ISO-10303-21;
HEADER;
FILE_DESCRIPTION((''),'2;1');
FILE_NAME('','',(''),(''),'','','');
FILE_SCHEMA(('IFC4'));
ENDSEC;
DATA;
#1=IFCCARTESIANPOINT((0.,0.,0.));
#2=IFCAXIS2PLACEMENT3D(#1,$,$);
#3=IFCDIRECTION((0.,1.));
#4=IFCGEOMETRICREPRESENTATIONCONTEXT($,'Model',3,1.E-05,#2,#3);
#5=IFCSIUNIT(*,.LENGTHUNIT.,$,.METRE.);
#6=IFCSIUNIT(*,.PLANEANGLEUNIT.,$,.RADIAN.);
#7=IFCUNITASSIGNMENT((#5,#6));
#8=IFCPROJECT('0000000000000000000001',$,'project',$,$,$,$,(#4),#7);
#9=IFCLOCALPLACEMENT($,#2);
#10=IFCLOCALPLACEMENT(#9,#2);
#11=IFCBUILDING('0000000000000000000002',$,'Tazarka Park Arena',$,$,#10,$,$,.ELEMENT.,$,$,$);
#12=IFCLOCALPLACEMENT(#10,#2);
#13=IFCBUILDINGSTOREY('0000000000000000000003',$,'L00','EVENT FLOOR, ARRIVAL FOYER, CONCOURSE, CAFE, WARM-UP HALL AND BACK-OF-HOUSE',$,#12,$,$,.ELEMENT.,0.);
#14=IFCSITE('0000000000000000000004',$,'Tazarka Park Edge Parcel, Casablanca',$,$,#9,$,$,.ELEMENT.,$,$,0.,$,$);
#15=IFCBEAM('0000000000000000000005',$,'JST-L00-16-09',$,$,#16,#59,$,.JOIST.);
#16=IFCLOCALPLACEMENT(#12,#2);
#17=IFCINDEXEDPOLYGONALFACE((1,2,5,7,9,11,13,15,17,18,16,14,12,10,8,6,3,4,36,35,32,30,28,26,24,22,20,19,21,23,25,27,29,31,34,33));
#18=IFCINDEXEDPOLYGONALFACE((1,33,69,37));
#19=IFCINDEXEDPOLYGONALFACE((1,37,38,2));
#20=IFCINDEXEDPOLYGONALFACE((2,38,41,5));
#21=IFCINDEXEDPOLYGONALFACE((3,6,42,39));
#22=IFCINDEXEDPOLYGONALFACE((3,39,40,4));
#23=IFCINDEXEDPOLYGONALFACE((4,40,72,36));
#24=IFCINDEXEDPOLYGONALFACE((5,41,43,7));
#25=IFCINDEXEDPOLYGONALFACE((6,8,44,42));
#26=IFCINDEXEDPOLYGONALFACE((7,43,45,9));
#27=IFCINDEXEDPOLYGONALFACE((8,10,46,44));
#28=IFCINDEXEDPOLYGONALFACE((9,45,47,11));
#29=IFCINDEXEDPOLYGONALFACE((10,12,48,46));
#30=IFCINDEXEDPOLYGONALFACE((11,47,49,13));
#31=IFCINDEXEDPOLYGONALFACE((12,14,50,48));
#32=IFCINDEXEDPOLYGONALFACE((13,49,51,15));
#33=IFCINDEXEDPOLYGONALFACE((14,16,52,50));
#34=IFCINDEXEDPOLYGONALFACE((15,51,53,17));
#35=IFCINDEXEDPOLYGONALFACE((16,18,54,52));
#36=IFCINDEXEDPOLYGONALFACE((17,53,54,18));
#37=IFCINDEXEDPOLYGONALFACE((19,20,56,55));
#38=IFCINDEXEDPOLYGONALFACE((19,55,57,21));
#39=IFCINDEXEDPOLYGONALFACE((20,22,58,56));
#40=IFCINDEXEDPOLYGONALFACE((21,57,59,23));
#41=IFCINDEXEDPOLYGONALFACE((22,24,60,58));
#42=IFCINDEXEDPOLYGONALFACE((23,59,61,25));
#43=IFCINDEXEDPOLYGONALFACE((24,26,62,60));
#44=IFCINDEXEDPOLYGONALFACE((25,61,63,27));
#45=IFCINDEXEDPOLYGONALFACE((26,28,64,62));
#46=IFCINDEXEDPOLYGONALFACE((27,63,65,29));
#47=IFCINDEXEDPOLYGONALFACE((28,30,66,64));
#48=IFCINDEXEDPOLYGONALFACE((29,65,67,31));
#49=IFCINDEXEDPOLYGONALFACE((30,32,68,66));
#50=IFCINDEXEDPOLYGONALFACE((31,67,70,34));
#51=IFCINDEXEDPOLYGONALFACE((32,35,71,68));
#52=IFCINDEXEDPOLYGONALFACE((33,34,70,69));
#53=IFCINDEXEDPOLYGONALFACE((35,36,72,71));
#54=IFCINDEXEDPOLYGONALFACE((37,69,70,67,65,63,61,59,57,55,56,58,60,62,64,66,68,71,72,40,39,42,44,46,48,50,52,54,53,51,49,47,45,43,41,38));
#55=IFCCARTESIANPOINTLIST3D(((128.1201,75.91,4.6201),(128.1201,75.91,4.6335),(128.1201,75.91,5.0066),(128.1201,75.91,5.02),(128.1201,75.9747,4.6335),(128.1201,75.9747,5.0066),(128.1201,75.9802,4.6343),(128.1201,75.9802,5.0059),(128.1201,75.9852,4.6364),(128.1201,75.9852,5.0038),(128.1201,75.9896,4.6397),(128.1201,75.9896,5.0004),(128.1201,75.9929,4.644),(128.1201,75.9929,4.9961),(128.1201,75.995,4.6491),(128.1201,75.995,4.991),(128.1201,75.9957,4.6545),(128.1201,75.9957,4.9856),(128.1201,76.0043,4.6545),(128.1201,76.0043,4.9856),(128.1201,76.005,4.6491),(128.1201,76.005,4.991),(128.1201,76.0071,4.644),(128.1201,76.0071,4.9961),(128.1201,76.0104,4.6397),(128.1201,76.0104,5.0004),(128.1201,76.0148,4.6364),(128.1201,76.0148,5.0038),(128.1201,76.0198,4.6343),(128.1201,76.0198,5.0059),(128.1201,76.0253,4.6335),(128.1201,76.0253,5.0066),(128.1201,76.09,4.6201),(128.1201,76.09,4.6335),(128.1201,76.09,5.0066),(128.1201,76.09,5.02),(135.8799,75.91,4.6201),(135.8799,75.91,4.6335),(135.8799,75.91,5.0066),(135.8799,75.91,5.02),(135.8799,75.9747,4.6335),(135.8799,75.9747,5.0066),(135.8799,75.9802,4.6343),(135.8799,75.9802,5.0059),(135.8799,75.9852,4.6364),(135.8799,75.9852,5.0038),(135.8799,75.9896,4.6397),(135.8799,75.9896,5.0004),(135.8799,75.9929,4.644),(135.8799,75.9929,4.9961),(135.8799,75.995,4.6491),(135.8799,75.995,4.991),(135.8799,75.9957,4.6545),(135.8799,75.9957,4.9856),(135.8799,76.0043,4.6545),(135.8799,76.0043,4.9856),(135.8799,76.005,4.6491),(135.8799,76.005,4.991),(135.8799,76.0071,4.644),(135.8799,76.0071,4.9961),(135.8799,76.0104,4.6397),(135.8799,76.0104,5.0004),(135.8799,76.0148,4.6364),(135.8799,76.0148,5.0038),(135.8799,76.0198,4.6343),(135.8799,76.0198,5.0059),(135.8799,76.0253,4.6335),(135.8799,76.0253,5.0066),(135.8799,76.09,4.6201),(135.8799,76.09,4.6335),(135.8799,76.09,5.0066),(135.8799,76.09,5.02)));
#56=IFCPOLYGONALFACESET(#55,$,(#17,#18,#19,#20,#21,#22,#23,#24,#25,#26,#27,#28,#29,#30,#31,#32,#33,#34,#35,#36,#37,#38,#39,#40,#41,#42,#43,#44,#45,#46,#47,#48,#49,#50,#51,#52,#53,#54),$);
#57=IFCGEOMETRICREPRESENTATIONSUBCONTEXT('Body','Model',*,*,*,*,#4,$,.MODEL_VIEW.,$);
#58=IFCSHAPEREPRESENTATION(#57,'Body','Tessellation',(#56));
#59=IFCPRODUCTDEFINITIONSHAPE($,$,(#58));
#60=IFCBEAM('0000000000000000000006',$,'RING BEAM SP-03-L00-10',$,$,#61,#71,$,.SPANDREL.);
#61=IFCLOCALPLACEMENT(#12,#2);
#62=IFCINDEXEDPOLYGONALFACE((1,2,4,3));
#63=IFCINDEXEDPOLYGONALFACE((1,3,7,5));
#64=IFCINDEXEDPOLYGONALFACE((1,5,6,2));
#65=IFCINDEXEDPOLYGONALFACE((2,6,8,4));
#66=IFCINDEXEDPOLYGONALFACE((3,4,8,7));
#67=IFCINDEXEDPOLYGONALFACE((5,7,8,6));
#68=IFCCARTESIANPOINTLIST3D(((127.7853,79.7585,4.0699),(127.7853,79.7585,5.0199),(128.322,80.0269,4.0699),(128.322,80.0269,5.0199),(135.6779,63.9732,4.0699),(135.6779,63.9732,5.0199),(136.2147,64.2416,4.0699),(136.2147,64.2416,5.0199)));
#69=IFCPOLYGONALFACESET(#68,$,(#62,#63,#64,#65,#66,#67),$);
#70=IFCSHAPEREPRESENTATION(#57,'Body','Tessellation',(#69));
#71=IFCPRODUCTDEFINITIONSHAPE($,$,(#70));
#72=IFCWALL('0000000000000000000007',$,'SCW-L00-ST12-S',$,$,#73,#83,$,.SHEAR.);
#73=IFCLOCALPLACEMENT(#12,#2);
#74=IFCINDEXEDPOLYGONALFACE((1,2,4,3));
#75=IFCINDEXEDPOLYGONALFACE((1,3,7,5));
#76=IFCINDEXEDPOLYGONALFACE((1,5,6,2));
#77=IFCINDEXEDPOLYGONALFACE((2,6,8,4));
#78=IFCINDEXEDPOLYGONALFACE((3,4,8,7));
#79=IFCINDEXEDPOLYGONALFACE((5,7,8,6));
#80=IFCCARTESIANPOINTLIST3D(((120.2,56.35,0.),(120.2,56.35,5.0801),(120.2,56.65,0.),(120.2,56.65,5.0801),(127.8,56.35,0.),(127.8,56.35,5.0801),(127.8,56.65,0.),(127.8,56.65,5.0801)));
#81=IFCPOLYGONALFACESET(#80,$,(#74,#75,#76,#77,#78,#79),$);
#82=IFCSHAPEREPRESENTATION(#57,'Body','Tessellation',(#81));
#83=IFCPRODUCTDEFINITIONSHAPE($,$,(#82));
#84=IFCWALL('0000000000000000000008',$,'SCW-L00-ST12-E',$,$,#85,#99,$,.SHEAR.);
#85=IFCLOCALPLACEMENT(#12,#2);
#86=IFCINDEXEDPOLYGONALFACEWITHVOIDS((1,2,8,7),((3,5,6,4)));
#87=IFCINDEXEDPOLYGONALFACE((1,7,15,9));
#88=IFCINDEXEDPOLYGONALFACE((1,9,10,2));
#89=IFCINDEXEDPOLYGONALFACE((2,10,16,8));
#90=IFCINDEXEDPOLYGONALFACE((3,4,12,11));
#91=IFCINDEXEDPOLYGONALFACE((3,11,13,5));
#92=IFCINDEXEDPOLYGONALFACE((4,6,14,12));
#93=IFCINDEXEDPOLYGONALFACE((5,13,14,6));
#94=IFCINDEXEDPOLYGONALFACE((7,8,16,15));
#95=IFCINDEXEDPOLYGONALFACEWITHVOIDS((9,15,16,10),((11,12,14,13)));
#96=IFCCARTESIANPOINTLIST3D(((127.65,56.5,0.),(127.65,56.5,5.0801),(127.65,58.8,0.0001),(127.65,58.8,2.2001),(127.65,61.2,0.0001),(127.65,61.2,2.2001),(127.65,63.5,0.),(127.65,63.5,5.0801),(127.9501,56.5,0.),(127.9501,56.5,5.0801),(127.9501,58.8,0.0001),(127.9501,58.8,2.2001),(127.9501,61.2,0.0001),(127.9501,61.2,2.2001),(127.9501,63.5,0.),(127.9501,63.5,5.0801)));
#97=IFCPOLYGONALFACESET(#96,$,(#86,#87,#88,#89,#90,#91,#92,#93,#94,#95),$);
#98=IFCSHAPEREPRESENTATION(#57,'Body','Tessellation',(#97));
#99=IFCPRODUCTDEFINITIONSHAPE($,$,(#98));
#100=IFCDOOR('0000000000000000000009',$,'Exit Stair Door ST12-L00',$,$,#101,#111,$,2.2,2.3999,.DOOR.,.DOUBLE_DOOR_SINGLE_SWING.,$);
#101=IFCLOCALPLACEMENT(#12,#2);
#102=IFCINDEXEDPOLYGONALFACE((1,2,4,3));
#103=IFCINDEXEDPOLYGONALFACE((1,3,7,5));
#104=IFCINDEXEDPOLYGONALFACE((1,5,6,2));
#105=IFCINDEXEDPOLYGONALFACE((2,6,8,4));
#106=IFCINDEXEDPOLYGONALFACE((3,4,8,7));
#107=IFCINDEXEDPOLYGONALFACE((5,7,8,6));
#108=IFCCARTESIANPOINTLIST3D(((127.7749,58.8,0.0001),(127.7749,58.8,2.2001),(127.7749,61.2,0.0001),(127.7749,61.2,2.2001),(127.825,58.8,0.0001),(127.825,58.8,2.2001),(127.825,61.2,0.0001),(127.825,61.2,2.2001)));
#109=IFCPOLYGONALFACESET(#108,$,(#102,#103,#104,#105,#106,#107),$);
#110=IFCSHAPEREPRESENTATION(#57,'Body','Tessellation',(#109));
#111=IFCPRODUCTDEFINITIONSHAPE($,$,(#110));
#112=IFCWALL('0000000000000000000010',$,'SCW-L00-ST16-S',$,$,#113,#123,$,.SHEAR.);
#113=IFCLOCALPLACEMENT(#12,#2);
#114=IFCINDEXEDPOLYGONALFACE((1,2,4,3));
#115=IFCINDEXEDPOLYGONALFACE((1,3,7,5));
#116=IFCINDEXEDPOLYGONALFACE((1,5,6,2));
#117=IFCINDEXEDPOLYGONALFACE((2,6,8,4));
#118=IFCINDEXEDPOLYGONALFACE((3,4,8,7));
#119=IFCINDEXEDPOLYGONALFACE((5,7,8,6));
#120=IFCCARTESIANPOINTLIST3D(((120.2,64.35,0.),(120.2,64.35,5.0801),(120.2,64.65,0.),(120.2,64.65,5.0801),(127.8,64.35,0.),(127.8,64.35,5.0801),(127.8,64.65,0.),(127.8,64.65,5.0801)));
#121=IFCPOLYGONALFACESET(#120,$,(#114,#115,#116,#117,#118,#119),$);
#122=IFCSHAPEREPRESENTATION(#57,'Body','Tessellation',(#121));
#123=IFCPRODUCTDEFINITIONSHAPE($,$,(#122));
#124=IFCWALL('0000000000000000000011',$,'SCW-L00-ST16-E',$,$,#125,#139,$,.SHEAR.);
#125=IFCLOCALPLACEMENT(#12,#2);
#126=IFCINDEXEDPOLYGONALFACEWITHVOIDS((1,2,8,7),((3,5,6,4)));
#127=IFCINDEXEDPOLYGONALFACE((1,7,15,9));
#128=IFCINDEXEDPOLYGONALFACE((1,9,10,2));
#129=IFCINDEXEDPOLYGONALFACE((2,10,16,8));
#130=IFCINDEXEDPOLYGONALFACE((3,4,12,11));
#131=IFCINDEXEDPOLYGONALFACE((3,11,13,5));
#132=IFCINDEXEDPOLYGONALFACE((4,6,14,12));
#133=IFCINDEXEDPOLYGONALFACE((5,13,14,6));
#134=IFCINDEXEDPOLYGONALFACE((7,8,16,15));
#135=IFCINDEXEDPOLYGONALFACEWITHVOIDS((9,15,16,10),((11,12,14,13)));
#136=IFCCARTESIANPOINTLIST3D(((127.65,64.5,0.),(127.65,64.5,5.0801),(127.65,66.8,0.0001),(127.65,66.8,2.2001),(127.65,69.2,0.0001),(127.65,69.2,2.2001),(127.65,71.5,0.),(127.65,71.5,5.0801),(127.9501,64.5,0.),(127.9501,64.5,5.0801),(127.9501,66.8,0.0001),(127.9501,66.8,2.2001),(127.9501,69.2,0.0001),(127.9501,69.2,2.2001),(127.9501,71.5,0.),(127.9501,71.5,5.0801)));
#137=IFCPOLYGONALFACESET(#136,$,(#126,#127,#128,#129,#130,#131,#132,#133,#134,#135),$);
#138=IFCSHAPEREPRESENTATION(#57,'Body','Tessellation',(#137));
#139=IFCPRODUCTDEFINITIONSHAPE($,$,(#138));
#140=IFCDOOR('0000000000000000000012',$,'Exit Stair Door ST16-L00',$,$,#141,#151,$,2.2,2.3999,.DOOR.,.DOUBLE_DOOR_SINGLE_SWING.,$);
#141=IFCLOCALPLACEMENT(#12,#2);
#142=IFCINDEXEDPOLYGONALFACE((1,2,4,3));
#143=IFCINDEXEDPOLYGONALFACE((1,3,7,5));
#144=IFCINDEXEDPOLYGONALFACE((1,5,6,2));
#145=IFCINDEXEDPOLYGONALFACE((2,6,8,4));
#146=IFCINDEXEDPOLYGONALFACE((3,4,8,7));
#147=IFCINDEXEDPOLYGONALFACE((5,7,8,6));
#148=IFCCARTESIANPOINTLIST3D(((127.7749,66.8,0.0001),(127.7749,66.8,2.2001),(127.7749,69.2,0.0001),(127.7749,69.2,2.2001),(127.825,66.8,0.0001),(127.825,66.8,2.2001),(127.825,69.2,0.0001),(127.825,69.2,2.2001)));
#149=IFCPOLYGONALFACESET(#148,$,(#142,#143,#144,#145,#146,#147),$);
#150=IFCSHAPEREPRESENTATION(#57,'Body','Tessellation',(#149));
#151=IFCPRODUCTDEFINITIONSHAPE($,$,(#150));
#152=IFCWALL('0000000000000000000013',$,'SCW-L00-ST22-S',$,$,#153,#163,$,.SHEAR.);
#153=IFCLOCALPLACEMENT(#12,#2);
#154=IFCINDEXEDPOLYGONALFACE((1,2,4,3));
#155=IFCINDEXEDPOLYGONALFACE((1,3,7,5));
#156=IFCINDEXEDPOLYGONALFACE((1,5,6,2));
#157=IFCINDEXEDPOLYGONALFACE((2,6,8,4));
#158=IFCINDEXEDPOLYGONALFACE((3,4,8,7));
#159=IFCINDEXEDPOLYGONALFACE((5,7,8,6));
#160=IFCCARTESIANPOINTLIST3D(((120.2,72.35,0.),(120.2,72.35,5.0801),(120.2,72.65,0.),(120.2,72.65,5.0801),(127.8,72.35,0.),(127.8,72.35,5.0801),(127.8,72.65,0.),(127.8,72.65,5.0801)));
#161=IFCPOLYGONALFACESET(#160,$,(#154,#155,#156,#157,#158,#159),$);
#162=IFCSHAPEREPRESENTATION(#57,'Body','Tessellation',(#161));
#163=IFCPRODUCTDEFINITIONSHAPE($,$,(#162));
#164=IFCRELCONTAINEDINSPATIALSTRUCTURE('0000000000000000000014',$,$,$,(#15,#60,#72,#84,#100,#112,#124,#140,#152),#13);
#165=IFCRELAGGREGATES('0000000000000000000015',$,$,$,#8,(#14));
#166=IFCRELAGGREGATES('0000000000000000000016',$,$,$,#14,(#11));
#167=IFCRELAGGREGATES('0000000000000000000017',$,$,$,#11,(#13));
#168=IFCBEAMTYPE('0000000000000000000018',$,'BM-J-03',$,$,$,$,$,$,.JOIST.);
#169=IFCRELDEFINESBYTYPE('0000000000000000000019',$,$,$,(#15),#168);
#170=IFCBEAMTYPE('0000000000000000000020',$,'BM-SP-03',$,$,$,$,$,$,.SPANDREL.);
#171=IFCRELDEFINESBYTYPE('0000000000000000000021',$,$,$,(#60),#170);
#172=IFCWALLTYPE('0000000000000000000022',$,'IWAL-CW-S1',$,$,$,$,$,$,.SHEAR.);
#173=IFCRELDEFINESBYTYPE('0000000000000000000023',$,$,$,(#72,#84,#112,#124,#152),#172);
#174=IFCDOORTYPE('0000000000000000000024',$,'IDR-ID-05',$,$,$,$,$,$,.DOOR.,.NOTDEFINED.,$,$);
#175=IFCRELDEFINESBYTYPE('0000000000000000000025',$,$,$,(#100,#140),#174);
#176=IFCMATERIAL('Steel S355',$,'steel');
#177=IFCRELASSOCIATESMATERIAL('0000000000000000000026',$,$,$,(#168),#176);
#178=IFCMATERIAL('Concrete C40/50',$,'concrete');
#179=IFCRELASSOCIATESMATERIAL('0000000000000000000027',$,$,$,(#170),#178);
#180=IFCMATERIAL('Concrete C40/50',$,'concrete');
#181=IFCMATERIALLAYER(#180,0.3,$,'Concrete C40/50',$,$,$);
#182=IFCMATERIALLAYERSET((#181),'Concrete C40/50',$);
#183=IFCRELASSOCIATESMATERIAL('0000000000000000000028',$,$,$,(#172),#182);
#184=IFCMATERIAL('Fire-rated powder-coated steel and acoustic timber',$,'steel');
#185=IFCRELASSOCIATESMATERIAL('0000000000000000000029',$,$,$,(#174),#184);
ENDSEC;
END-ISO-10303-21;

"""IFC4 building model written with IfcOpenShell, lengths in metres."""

from ifc_helpers import new_model, si_unit, direction, frame, frame_2d, origin, origin_2d, place, context, subcontext, project, spatial, rectangle, i_section, extrude, material, layer, layer_set, material_profile, profile_set, type_object, element, fill, save


model = new_model("IFC4")

# Units and contexts
model_context = context("Model", 3, precision=1e-05, world=origin(), true_north=direction((0.0, 1.0)))
body_context = subcontext(model_context, "Body", "Model", "MODEL_VIEW")
ifc_project = project(units=[si_unit("LENGTHUNIT", "METRE"), si_unit("PLANEANGLEUNIT", "RADIAN")], contexts=[model_context])

# Site, building, storey
site_placement = place(None, origin())
site = spatial("IfcSite", under=ifc_project, at=site_placement, Name="Tazarka Park Edge Parcel, Casablanca", CompositionType="ELEMENT", RefElevation=0.0)
building_placement = place(site_placement, origin())
building = spatial("IfcBuilding", under=site, at=building_placement, Name="Tazarka Park Arena", CompositionType="ELEMENT")
storey_placement = place(building_placement, origin())
storey = spatial("IfcBuildingStorey", under=building, at=storey_placement, Name="L00", Description="EVENT FLOOR, ARRIVAL FOYER, CONCOURSE, CAFE, WARM-UP HALL AND BACK-OF-HOUSE", CompositionType="ELEMENT", Elevation=0.0)

# Beams
ifc_material_1 = material(Name="Steel S355", Category="steel")
ifc_material_profile_1 = material_profile(ifc_material_1, i_section(OverallWidth=0.1799, OverallDepth=0.3999, WebThickness=0.0085, FlangeThickness=0.0134, FilletRadius=0.021, at=origin_2d()), Name="Steel S355")
ifc_profile_set_1 = profile_set([ifc_material_profile_1], Name="Steel S355")
beam_type_1 = type_object("IfcBeamType", Name="BM-J-03", PredefinedType="JOIST", material=ifc_profile_set_1)
beam_1_placement = place(storey_placement, frame((128.1201, 76.0, 4.8201), z_axis=(1.0, 0.0, 0.0), x_axis=(0.0, 1.0, 0.0)))
element("IfcBeam", 1, at=beam_1_placement, inside=storey, type_object=beam_type_1, Name="JST-L00-16-09", PredefinedType="JOIST", context=body_context, shape_type="SweptSolid", body=[
    extrude(i_section(OverallWidth=0.1799, OverallDepth=0.3999, WebThickness=0.0085, FlangeThickness=0.0134, FilletRadius=0.021, at=origin_2d()), origin(), (0.0, 0.0, 1.0), 7.7598),
])
ifc_material_2 = material(Name="Concrete C40/50", Category="concrete")
ifc_material_profile_2 = material_profile(ifc_material_2, rectangle(XDim=0.6001, YDim=0.95, at=origin_2d()), Name="Concrete C40/50")
ifc_profile_set_2 = profile_set([ifc_material_profile_2], Name="Concrete C40/50")
beam_type_2 = type_object("IfcBeamType", Name="BM-SP-03", PredefinedType="SPANDREL", material=ifc_profile_set_2)
beam_2_placement = place(storey_placement, frame((135.9463, 64.1074, 4.5449), z_axis=(-0.447214, 0.894427, 0.0), x_axis=(-0.894427, -0.447214, 0.0)))
element("IfcBeam", 2, at=beam_2_placement, inside=storey, type_object=beam_type_2, Name="RING BEAM SP-03-L00-10", PredefinedType="SPANDREL", context=body_context, shape_type="SweptSolid", body=[
    extrude(rectangle(XDim=0.6001, YDim=0.95, at=origin_2d()), origin(), (0.0, 0.0, 1.0), 17.6484),
])

# Wall
ifc_material_3 = material(Name="Concrete C40/50", Category="concrete")
ifc_layer = layer(ifc_material_3, 0.3, Name="Concrete C40/50")
ifc_layer_set = layer_set([ifc_layer], Name="Concrete C40/50")
wall_type = type_object("IfcWallType", Name="IWAL-CW-S1", PredefinedType="SHEAR", material=ifc_layer_set)
wall_1_placement = place(storey_placement, frame((127.8, 56.5, 0.0), z_axis=(0.0, 0.0, 1.0), x_axis=(-1.0, 0.0, 0.0)))
element("IfcWall", 3, at=wall_1_placement, inside=storey, type_object=wall_type, Name="SCW-L00-ST12-S", PredefinedType="SHEAR", context=body_context, shape_type="SweptSolid", body=[
    extrude(rectangle(XDim=7.6001, YDim=0.3, at=frame_2d((3.8, 0.0))), origin(), (0.0, 0.0, 1.0), 5.0801),
])

# Wall, opening, door
wall_2_placement = place(storey_placement, frame((127.8, 63.5, 0.0), z_axis=(0.0, 0.0, 1.0), x_axis=(0.0, -1.0, 0.0)))
wall_2 = element("IfcWall", 4, at=wall_2_placement, inside=storey, type_object=wall_type, Name="SCW-L00-ST12-E", PredefinedType="SHEAR", context=body_context, shape_type="SweptSolid", body=[
    extrude(rectangle(XDim=7.0, YDim=0.3, at=frame_2d((3.5, 0.0))), origin(), (0.0, 0.0, 1.0), 5.0801),
])
opening_1_placement = place(wall_2_placement, frame((2.3, 0.0, 0.0)))
opening_1 = element("IfcOpeningElement", 5, at=opening_1_placement, cuts=wall_2, PredefinedType="OPENING", context=body_context, shape_type="SweptSolid", body=[
    extrude(rectangle(XDim=2.3999, YDim=2.2, at=frame_2d((1.2, 1.1001))), frame((0.0, 0.1602, 0.0), z_axis=(0.0, -1.0, 0.0), x_axis=(1.0, 0.0, 0.0)), (0.0, 0.0, 1.0), 0.3201),
])
ifc_material_4 = material(Name="Fire-rated powder-coated steel and acoustic timber", Category="steel")
door_type_1 = type_object("IfcDoorType", Name="IDR-ID-05", OperationType="NOTDEFINED", PredefinedType="DOOR", material=ifc_material_4)
door_1_placement = place(opening_1_placement, origin())
door_1 = element("IfcDoor", 6, at=door_1_placement, inside=storey, type_object=door_type_1, Name="Exit Stair Door ST12-L00", OperationType="DOUBLE_DOOR_SINGLE_SWING", OverallHeight=2.2, OverallWidth=2.3999, PredefinedType="DOOR", context=body_context, shape_type="SweptSolid", body=[
    extrude(rectangle(XDim=2.3999, YDim=2.2, at=frame_2d((1.2, 1.1001))), frame((0.0, 0.0249, 0.0), z_axis=(0.0, -1.0, 0.0), x_axis=(1.0, 0.0, 0.0)), (0.0, 0.0, 1.0), 0.05),
])
fill(opening_1, door_1)

# Wall
wall_3_placement = place(storey_placement, frame((127.8, 64.5, 0.0), z_axis=(0.0, 0.0, 1.0), x_axis=(-1.0, 0.0, 0.0)))
element("IfcWall", 7, at=wall_3_placement, inside=storey, type_object=wall_type, Name="SCW-L00-ST16-S", PredefinedType="SHEAR", context=body_context, shape_type="SweptSolid", body=[
    extrude(rectangle(XDim=7.6001, YDim=0.3, at=frame_2d((3.8, 0.0))), origin(), (0.0, 0.0, 1.0), 5.0801),
])

# Wall, opening, door
wall_4_placement = place(storey_placement, frame((127.8, 71.5, 0.0), z_axis=(0.0, 0.0, 1.0), x_axis=(0.0, -1.0, 0.0)))
wall_4 = element("IfcWall", 8, at=wall_4_placement, inside=storey, type_object=wall_type, Name="SCW-L00-ST16-E", PredefinedType="SHEAR", context=body_context, shape_type="SweptSolid", body=[
    extrude(rectangle(XDim=7.0, YDim=0.3, at=frame_2d((3.5, 0.0))), origin(), (0.0, 0.0, 1.0), 5.0801),
])
opening_2_placement = place(wall_4_placement, frame((2.3, 0.0, 0.0)))
opening_2 = element("IfcOpeningElement", 9, at=opening_2_placement, cuts=wall_4, PredefinedType="OPENING", context=body_context, shape_type="SweptSolid", body=[
    extrude(rectangle(XDim=2.3999, YDim=2.2, at=frame_2d((1.2, 1.1001))), frame((0.0, 0.1602, 0.0), z_axis=(0.0, -1.0, 0.0), x_axis=(1.0, 0.0, 0.0)), (0.0, 0.0, 1.0), 0.3201),
])
door_2_placement = place(opening_2_placement, origin())
door_2 = element("IfcDoor", 10, at=door_2_placement, inside=storey, type_object=door_type_1, Name="Exit Stair Door ST16-L00", OperationType="DOUBLE_DOOR_SINGLE_SWING", OverallHeight=2.2, OverallWidth=2.3999, PredefinedType="DOOR", context=body_context, shape_type="SweptSolid", body=[
    extrude(rectangle(XDim=2.3999, YDim=2.2, at=frame_2d((1.2, 1.1001))), frame((0.0, 0.0249, 0.0), z_axis=(0.0, -1.0, 0.0), x_axis=(1.0, 0.0, 0.0)), (0.0, 0.0, 1.0), 0.05),
])
fill(opening_2, door_2)

# Wall
wall_5_placement = place(storey_placement, frame((127.8, 72.5, 0.0), z_axis=(0.0, 0.0, 1.0), x_axis=(-1.0, 0.0, 0.0)))
element("IfcWall", 11, at=wall_5_placement, inside=storey, type_object=wall_type, Name="SCW-L00-ST22-S", PredefinedType="SHEAR", context=body_context, shape_type="SweptSolid", body=[
    extrude(rectangle(XDim=7.6001, YDim=0.3, at=frame_2d((3.8, 0.0))), origin(), (0.0, 0.0, 1.0), 5.0801),
])

save(model, "model.ifc")
